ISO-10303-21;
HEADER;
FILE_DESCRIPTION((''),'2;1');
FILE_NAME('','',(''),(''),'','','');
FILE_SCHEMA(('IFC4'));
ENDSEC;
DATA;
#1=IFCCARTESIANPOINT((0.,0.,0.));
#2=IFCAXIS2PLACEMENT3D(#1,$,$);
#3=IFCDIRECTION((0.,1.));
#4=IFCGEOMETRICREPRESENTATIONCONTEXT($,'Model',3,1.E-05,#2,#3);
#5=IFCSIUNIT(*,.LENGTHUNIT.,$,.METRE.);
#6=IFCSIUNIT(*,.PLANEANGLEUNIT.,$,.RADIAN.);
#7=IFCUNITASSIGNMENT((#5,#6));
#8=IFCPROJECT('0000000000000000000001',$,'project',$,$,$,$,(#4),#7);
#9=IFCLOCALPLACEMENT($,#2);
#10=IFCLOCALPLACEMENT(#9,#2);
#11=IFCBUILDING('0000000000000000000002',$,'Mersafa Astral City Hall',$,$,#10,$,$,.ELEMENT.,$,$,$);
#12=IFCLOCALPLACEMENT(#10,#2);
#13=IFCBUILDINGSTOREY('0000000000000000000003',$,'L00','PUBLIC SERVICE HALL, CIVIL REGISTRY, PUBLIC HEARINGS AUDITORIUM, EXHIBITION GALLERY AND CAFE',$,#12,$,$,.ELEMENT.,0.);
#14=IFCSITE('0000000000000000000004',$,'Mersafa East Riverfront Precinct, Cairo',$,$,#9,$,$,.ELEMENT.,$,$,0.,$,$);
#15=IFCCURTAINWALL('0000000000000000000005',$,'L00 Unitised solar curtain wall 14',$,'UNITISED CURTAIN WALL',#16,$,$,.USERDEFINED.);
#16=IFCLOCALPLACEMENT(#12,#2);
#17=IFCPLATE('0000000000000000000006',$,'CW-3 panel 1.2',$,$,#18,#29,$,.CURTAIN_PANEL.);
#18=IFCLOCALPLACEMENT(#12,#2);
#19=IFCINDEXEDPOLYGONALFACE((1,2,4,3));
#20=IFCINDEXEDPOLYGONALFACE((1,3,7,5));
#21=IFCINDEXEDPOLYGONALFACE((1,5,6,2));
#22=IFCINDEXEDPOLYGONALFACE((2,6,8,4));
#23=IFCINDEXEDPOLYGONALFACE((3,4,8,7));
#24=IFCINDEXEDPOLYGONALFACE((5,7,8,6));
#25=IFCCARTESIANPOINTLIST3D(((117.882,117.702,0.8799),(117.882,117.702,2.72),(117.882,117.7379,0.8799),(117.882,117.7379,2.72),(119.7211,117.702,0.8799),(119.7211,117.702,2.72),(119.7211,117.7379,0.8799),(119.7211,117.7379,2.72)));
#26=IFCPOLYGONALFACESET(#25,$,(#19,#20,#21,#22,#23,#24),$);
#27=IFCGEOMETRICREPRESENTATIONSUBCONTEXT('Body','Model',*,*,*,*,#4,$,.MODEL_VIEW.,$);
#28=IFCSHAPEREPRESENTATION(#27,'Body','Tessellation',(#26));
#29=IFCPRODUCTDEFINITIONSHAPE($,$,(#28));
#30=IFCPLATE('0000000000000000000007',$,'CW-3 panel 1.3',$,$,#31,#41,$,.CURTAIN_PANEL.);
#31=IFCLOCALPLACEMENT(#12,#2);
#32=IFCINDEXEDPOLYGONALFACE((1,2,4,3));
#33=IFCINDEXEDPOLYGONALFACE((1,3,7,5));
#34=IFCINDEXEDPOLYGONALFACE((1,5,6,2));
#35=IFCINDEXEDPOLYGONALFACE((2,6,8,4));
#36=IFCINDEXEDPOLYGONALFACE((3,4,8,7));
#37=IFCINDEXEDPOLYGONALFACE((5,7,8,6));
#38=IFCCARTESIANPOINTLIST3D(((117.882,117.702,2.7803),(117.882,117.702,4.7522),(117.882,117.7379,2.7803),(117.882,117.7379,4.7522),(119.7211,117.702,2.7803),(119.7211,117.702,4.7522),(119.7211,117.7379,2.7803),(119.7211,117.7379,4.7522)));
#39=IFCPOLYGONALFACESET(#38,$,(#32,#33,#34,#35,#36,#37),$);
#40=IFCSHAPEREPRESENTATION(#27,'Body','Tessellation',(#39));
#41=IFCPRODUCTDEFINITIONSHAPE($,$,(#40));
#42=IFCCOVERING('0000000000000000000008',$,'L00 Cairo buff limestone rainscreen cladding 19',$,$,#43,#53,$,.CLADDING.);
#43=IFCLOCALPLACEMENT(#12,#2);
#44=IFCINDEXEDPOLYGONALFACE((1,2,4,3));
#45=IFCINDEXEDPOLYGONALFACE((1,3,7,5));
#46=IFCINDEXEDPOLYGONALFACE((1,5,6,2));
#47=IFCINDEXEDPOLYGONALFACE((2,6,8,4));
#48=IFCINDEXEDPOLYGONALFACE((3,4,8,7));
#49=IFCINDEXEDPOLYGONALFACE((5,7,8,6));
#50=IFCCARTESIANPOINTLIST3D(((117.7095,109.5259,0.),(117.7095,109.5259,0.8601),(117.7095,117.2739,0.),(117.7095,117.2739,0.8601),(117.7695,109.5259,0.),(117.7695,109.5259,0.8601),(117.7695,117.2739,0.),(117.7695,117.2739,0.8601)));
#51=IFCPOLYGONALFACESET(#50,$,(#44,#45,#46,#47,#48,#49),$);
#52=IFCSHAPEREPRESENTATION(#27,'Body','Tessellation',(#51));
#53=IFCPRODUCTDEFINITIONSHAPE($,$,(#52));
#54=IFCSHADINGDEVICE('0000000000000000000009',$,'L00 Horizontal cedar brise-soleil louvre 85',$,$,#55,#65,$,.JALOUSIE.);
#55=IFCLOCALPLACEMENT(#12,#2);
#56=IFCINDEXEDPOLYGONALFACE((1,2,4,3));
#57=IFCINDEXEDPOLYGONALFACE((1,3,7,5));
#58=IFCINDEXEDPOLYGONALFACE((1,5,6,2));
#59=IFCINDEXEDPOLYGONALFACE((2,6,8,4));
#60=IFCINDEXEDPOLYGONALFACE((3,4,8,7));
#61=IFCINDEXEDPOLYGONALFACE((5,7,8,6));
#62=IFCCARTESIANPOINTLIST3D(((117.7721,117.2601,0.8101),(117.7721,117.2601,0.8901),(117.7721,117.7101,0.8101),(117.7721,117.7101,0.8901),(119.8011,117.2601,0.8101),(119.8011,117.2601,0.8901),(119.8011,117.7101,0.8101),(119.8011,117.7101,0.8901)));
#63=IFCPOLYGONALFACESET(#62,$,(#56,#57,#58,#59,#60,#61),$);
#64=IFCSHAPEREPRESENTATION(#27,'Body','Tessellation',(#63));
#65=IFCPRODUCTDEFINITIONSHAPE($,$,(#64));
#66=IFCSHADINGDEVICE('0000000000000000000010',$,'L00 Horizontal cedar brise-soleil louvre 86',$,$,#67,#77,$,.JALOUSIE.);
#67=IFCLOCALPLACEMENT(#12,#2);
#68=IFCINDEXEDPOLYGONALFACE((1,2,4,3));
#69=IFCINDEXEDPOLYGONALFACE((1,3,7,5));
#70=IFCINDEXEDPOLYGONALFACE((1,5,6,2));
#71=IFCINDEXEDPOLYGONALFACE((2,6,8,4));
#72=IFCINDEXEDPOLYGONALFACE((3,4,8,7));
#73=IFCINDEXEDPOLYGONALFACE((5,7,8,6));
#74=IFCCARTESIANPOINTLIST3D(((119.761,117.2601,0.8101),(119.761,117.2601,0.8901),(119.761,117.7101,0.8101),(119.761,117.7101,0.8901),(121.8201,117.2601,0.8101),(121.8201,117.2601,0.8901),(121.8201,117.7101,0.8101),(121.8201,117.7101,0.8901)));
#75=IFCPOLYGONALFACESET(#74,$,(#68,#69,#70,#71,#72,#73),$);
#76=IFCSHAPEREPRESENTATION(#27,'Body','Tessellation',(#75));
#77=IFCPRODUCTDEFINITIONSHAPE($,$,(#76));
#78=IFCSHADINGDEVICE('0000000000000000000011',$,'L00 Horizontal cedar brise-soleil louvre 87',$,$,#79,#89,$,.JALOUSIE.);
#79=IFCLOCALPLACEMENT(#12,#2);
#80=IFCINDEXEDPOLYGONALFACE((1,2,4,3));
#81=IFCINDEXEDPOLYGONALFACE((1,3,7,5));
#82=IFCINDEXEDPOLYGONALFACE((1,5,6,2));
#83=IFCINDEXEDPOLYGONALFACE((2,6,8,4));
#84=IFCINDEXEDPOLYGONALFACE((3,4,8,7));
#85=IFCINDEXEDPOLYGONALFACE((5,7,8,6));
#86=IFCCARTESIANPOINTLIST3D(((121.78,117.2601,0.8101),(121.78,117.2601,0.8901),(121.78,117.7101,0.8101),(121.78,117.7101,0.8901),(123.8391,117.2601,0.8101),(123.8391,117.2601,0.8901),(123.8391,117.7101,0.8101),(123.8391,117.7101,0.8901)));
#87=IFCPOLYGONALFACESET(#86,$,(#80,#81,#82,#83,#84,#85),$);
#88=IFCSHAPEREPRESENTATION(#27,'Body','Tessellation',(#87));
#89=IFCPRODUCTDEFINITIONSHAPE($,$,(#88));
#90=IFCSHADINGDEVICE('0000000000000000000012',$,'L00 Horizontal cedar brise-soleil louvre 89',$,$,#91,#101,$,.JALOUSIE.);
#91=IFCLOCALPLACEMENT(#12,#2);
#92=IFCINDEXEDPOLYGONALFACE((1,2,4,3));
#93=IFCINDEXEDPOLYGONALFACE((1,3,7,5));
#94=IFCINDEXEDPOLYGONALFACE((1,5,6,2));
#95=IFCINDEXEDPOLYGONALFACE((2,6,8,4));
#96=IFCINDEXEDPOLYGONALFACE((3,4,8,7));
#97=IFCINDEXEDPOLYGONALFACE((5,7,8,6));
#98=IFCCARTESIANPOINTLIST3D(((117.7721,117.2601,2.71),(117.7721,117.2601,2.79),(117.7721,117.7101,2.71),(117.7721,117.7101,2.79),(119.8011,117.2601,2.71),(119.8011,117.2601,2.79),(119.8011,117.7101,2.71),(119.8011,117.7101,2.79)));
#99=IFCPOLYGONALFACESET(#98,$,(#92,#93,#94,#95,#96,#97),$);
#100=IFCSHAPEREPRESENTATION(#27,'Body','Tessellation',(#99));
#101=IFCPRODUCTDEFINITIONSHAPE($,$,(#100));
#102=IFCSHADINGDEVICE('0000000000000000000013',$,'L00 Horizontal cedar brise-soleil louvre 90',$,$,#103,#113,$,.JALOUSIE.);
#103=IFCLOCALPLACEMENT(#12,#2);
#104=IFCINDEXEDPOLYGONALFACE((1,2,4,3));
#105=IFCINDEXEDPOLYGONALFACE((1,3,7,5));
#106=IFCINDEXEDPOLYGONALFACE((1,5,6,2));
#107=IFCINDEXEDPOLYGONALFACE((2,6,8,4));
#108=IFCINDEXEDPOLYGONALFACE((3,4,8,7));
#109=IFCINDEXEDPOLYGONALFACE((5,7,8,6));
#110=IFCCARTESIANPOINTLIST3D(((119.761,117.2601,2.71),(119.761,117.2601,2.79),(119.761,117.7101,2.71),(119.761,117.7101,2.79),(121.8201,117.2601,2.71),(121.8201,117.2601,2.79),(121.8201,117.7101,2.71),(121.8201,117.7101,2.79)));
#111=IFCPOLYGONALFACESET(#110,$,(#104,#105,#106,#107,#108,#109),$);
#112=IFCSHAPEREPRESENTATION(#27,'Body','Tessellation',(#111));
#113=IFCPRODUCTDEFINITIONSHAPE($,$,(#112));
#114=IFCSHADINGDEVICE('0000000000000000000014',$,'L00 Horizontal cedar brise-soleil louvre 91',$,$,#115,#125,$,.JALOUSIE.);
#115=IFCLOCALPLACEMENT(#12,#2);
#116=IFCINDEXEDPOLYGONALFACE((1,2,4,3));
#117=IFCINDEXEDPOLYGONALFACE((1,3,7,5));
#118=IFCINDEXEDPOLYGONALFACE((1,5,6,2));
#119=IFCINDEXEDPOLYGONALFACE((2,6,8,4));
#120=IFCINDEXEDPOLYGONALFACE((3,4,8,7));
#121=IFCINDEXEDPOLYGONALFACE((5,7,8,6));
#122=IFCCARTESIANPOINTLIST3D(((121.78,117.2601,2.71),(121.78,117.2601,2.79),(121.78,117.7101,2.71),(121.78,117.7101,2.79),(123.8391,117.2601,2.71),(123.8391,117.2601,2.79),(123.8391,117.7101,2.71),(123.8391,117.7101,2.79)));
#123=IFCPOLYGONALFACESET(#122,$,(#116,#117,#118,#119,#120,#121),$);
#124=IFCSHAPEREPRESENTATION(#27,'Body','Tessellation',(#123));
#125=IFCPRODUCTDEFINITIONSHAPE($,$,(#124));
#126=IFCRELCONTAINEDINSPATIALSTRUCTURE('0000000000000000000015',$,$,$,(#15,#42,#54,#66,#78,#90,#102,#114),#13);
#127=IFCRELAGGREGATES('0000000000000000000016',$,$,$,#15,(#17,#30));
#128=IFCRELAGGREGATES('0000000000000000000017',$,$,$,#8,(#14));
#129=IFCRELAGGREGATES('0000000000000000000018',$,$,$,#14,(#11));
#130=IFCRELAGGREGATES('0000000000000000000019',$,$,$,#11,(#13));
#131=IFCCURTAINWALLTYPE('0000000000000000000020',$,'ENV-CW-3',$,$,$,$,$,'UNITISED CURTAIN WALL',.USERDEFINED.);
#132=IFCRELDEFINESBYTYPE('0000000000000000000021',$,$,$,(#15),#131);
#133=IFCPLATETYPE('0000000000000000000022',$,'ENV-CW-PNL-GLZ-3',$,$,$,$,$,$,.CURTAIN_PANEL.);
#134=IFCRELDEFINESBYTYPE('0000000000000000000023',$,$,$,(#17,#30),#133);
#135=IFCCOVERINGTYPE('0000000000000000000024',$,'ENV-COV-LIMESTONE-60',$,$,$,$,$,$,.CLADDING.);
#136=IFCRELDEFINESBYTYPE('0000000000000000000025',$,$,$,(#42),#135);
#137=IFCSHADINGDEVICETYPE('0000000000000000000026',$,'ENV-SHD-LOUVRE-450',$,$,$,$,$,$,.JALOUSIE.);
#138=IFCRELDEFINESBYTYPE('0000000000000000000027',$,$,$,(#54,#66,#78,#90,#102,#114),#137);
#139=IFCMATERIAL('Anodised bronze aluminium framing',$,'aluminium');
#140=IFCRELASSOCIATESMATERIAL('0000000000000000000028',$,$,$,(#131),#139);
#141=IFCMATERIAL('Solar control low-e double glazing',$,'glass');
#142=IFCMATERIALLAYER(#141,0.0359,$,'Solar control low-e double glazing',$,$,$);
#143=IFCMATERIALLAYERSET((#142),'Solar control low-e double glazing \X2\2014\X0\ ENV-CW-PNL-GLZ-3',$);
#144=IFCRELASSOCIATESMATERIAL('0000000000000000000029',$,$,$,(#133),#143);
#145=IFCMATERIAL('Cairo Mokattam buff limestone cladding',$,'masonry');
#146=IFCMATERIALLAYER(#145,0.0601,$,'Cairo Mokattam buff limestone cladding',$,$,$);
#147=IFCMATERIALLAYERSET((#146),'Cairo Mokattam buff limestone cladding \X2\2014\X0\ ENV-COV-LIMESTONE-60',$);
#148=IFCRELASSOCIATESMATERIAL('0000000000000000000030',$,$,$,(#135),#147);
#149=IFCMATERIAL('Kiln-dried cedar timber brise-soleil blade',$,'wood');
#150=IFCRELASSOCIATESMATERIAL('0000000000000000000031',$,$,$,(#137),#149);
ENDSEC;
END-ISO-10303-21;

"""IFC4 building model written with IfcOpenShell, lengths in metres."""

from ifc_helpers import new_model, si_unit, direction, frame, origin, origin_2d, place, context, subcontext, project, spatial, rectangle, extrude, material, layer, layer_set, type_object, element, aggregate, save


model = new_model("IFC4")

# Units and contexts
model_context = context("Model", 3, precision=1e-05, world=origin(), true_north=direction((0.0, 1.0)))
body_context = subcontext(model_context, "Body", "Model", "MODEL_VIEW")
ifc_project = project(units=[si_unit("LENGTHUNIT", "METRE"), si_unit("PLANEANGLEUNIT", "RADIAN")], contexts=[model_context])

# Site, building, storey
site_placement = place(None, origin())
site = spatial("IfcSite", under=ifc_project, at=site_placement, Name="Mersafa East Riverfront Precinct, Cairo", CompositionType="ELEMENT", RefElevation=0.0)
building_placement = place(site_placement, origin())
building = spatial("IfcBuilding", under=site, at=building_placement, Name="Mersafa Astral City Hall", CompositionType="ELEMENT")
storey_placement = place(building_placement, origin())
storey = spatial("IfcBuildingStorey", under=building, at=storey_placement, Name="L00", Description="PUBLIC SERVICE HALL, CIVIL REGISTRY, PUBLIC HEARINGS AUDITORIUM, EXHIBITION GALLERY AND CAFE", CompositionType="ELEMENT", Elevation=0.0)

# Curtain wall
ifc_material_1 = material(Name="Anodised bronze aluminium framing", Category="aluminium")
curtain_wall_type = type_object("IfcCurtainWallType", Name="ENV-CW-3", ElementType="UNITISED CURTAIN WALL", PredefinedType="USERDEFINED", material=ifc_material_1)
curtain_wall_placement = place(storey_placement, origin())
curtain_wall = element("IfcCurtainWall", 1, at=curtain_wall_placement, inside=storey, type_object=curtain_wall_type, Name="L00 Unitised solar curtain wall 14", ObjectType="UNITISED CURTAIN WALL", PredefinedType="USERDEFINED")

# Plates
ifc_material_2 = material(Name="Solar control low-e double glazing", Category="glass")
ifc_layer_1 = layer(ifc_material_2, 0.0359, Name="Solar control low-e double glazing")
ifc_layer_set_1 = layer_set([ifc_layer_1], Name="Solar control low-e double glazing — ENV-CW-PNL-GLZ-3")
plate_type = type_object("IfcPlateType", Name="ENV-CW-PNL-GLZ-3", PredefinedType="CURTAIN_PANEL", material=ifc_layer_set_1)
plate_1_placement = place(storey_placement, frame((118.8015, 117.72, 0.8799), z_axis=(0.0, 0.0, 1.0), x_axis=(1.0, 0.0, 0.0)))
plate_1 = element("IfcPlate", 2, at=plate_1_placement, type_object=plate_type, Name="CW-3 panel 1.2", PredefinedType="CURTAIN_PANEL", context=body_context, shape_type="SweptSolid", body=[
    extrude(rectangle(XDim=1.8391, YDim=0.0359, at=origin_2d()), origin(), (0.0, 0.0, 1.0), 1.8401),
])
plate_2_placement = place(storey_placement, frame((118.8015, 117.72, 2.7803), z_axis=(0.0, 0.0, 1.0), x_axis=(1.0, 0.0, 0.0)))
plate_2 = element("IfcPlate", 3, at=plate_2_placement, type_object=plate_type, Name="CW-3 panel 1.3", PredefinedType="CURTAIN_PANEL", context=body_context, shape_type="SweptSolid", body=[
    extrude(rectangle(XDim=1.8391, YDim=0.0359, at=origin_2d()), origin(), (0.0, 0.0, 1.0), 1.9719),
])
aggregate(curtain_wall, [plate_1, plate_2])

# Covering
ifc_material_3 = material(Name="Cairo Mokattam buff limestone cladding", Category="masonry")
ifc_layer_2 = layer(ifc_material_3, 0.0601, Name="Cairo Mokattam buff limestone cladding")
ifc_layer_set_2 = layer_set([ifc_layer_2], Name="Cairo Mokattam buff limestone cladding — ENV-COV-LIMESTONE-60")
covering_type = type_object("IfcCoveringType", Name="ENV-COV-LIMESTONE-60", PredefinedType="CLADDING", material=ifc_layer_set_2)
covering_placement = place(storey_placement, frame((117.7395, 113.3999, 0.0), z_axis=(0.0, 0.0, 1.0), x_axis=(0.0, 1.0, 0.0)))
element("IfcCovering", 4, at=covering_placement, inside=storey, type_object=covering_type, Name="L00 Cairo buff limestone rainscreen cladding 19", PredefinedType="CLADDING", context=body_context, shape_type="SweptSolid", body=[
    extrude(rectangle(XDim=7.748, YDim=0.0601, at=origin_2d()), origin(), (0.0, 0.0, 1.0), 0.8601),
])

# Shading devices
ifc_material_4 = material(Name="Kiln-dried cedar timber brise-soleil blade", Category="wood")
shading_device_type = type_object("IfcShadingDeviceType", Name="ENV-SHD-LOUVRE-450", PredefinedType="JALOUSIE", material=ifc_material_4)
shading_device_1_placement = place(storey_placement, frame((118.7866, 117.4851, 0.8101), z_axis=(0.0, 0.0, 1.0), x_axis=(1.0, 0.0, 0.0)))
element("IfcShadingDevice", 5, at=shading_device_1_placement, inside=storey, type_object=shading_device_type, Name="L00 Horizontal cedar brise-soleil louvre 85", PredefinedType="JALOUSIE", context=body_context, shape_type="SweptSolid", body=[
    extrude(rectangle(XDim=2.0291, YDim=0.45, at=origin_2d()), origin(), (0.0, 0.0, 1.0), 0.0801),
])
for number, where, z_axis, x_axis, name in (
    (6, (120.7905, 117.4851, 0.8101), (0.0, 0.0, 1.0), (1.0, 0.0, 0.0), "L00 Horizontal cedar brise-soleil louvre 86"),
    (7, (122.8096, 117.4851, 0.8101), (0.0, 0.0, 1.0), (1.0, 0.0, 0.0), "L00 Horizontal cedar brise-soleil louvre 87"),
):
    element("IfcShadingDevice", number, at=place(storey_placement, frame(where, z_axis=z_axis, x_axis=x_axis)), inside=storey, type_object=shading_device_type, Name=name, PredefinedType="JALOUSIE", context=body_context, shape_type="SweptSolid", body=[
        extrude(rectangle(XDim=2.0591, YDim=0.45, at=origin_2d()), origin(), (0.0, 0.0, 1.0), 0.0801),
    ])
shading_device_2_placement = place(storey_placement, frame((118.7866, 117.4851, 2.71), z_axis=(0.0, 0.0, 1.0), x_axis=(1.0, 0.0, 0.0)))
element("IfcShadingDevice", 8, at=shading_device_2_placement, inside=storey, type_object=shading_device_type, Name="L00 Horizontal cedar brise-soleil louvre 89", PredefinedType="JALOUSIE", context=body_context, shape_type="SweptSolid", body=[
    extrude(rectangle(XDim=2.0291, YDim=0.45, at=origin_2d()), origin(), (0.0, 0.0, 1.0), 0.0801),
])
for number, where, z_axis, x_axis, name in (
    (9, (120.7905, 117.4851, 2.71), (0.0, 0.0, 1.0), (1.0, 0.0, 0.0), "L00 Horizontal cedar brise-soleil louvre 90"),
    (10, (122.8096, 117.4851, 2.71), (0.0, 0.0, 1.0), (1.0, 0.0, 0.0), "L00 Horizontal cedar brise-soleil louvre 91"),
):
    element("IfcShadingDevice", number, at=place(storey_placement, frame(where, z_axis=z_axis, x_axis=x_axis)), inside=storey, type_object=shading_device_type, Name=name, PredefinedType="JALOUSIE", context=body_context, shape_type="SweptSolid", body=[
        extrude(rectangle(XDim=2.0591, YDim=0.45, at=origin_2d()), origin(), (0.0, 0.0, 1.0), 0.0801),
    ])

save(model, "model.ifc")
